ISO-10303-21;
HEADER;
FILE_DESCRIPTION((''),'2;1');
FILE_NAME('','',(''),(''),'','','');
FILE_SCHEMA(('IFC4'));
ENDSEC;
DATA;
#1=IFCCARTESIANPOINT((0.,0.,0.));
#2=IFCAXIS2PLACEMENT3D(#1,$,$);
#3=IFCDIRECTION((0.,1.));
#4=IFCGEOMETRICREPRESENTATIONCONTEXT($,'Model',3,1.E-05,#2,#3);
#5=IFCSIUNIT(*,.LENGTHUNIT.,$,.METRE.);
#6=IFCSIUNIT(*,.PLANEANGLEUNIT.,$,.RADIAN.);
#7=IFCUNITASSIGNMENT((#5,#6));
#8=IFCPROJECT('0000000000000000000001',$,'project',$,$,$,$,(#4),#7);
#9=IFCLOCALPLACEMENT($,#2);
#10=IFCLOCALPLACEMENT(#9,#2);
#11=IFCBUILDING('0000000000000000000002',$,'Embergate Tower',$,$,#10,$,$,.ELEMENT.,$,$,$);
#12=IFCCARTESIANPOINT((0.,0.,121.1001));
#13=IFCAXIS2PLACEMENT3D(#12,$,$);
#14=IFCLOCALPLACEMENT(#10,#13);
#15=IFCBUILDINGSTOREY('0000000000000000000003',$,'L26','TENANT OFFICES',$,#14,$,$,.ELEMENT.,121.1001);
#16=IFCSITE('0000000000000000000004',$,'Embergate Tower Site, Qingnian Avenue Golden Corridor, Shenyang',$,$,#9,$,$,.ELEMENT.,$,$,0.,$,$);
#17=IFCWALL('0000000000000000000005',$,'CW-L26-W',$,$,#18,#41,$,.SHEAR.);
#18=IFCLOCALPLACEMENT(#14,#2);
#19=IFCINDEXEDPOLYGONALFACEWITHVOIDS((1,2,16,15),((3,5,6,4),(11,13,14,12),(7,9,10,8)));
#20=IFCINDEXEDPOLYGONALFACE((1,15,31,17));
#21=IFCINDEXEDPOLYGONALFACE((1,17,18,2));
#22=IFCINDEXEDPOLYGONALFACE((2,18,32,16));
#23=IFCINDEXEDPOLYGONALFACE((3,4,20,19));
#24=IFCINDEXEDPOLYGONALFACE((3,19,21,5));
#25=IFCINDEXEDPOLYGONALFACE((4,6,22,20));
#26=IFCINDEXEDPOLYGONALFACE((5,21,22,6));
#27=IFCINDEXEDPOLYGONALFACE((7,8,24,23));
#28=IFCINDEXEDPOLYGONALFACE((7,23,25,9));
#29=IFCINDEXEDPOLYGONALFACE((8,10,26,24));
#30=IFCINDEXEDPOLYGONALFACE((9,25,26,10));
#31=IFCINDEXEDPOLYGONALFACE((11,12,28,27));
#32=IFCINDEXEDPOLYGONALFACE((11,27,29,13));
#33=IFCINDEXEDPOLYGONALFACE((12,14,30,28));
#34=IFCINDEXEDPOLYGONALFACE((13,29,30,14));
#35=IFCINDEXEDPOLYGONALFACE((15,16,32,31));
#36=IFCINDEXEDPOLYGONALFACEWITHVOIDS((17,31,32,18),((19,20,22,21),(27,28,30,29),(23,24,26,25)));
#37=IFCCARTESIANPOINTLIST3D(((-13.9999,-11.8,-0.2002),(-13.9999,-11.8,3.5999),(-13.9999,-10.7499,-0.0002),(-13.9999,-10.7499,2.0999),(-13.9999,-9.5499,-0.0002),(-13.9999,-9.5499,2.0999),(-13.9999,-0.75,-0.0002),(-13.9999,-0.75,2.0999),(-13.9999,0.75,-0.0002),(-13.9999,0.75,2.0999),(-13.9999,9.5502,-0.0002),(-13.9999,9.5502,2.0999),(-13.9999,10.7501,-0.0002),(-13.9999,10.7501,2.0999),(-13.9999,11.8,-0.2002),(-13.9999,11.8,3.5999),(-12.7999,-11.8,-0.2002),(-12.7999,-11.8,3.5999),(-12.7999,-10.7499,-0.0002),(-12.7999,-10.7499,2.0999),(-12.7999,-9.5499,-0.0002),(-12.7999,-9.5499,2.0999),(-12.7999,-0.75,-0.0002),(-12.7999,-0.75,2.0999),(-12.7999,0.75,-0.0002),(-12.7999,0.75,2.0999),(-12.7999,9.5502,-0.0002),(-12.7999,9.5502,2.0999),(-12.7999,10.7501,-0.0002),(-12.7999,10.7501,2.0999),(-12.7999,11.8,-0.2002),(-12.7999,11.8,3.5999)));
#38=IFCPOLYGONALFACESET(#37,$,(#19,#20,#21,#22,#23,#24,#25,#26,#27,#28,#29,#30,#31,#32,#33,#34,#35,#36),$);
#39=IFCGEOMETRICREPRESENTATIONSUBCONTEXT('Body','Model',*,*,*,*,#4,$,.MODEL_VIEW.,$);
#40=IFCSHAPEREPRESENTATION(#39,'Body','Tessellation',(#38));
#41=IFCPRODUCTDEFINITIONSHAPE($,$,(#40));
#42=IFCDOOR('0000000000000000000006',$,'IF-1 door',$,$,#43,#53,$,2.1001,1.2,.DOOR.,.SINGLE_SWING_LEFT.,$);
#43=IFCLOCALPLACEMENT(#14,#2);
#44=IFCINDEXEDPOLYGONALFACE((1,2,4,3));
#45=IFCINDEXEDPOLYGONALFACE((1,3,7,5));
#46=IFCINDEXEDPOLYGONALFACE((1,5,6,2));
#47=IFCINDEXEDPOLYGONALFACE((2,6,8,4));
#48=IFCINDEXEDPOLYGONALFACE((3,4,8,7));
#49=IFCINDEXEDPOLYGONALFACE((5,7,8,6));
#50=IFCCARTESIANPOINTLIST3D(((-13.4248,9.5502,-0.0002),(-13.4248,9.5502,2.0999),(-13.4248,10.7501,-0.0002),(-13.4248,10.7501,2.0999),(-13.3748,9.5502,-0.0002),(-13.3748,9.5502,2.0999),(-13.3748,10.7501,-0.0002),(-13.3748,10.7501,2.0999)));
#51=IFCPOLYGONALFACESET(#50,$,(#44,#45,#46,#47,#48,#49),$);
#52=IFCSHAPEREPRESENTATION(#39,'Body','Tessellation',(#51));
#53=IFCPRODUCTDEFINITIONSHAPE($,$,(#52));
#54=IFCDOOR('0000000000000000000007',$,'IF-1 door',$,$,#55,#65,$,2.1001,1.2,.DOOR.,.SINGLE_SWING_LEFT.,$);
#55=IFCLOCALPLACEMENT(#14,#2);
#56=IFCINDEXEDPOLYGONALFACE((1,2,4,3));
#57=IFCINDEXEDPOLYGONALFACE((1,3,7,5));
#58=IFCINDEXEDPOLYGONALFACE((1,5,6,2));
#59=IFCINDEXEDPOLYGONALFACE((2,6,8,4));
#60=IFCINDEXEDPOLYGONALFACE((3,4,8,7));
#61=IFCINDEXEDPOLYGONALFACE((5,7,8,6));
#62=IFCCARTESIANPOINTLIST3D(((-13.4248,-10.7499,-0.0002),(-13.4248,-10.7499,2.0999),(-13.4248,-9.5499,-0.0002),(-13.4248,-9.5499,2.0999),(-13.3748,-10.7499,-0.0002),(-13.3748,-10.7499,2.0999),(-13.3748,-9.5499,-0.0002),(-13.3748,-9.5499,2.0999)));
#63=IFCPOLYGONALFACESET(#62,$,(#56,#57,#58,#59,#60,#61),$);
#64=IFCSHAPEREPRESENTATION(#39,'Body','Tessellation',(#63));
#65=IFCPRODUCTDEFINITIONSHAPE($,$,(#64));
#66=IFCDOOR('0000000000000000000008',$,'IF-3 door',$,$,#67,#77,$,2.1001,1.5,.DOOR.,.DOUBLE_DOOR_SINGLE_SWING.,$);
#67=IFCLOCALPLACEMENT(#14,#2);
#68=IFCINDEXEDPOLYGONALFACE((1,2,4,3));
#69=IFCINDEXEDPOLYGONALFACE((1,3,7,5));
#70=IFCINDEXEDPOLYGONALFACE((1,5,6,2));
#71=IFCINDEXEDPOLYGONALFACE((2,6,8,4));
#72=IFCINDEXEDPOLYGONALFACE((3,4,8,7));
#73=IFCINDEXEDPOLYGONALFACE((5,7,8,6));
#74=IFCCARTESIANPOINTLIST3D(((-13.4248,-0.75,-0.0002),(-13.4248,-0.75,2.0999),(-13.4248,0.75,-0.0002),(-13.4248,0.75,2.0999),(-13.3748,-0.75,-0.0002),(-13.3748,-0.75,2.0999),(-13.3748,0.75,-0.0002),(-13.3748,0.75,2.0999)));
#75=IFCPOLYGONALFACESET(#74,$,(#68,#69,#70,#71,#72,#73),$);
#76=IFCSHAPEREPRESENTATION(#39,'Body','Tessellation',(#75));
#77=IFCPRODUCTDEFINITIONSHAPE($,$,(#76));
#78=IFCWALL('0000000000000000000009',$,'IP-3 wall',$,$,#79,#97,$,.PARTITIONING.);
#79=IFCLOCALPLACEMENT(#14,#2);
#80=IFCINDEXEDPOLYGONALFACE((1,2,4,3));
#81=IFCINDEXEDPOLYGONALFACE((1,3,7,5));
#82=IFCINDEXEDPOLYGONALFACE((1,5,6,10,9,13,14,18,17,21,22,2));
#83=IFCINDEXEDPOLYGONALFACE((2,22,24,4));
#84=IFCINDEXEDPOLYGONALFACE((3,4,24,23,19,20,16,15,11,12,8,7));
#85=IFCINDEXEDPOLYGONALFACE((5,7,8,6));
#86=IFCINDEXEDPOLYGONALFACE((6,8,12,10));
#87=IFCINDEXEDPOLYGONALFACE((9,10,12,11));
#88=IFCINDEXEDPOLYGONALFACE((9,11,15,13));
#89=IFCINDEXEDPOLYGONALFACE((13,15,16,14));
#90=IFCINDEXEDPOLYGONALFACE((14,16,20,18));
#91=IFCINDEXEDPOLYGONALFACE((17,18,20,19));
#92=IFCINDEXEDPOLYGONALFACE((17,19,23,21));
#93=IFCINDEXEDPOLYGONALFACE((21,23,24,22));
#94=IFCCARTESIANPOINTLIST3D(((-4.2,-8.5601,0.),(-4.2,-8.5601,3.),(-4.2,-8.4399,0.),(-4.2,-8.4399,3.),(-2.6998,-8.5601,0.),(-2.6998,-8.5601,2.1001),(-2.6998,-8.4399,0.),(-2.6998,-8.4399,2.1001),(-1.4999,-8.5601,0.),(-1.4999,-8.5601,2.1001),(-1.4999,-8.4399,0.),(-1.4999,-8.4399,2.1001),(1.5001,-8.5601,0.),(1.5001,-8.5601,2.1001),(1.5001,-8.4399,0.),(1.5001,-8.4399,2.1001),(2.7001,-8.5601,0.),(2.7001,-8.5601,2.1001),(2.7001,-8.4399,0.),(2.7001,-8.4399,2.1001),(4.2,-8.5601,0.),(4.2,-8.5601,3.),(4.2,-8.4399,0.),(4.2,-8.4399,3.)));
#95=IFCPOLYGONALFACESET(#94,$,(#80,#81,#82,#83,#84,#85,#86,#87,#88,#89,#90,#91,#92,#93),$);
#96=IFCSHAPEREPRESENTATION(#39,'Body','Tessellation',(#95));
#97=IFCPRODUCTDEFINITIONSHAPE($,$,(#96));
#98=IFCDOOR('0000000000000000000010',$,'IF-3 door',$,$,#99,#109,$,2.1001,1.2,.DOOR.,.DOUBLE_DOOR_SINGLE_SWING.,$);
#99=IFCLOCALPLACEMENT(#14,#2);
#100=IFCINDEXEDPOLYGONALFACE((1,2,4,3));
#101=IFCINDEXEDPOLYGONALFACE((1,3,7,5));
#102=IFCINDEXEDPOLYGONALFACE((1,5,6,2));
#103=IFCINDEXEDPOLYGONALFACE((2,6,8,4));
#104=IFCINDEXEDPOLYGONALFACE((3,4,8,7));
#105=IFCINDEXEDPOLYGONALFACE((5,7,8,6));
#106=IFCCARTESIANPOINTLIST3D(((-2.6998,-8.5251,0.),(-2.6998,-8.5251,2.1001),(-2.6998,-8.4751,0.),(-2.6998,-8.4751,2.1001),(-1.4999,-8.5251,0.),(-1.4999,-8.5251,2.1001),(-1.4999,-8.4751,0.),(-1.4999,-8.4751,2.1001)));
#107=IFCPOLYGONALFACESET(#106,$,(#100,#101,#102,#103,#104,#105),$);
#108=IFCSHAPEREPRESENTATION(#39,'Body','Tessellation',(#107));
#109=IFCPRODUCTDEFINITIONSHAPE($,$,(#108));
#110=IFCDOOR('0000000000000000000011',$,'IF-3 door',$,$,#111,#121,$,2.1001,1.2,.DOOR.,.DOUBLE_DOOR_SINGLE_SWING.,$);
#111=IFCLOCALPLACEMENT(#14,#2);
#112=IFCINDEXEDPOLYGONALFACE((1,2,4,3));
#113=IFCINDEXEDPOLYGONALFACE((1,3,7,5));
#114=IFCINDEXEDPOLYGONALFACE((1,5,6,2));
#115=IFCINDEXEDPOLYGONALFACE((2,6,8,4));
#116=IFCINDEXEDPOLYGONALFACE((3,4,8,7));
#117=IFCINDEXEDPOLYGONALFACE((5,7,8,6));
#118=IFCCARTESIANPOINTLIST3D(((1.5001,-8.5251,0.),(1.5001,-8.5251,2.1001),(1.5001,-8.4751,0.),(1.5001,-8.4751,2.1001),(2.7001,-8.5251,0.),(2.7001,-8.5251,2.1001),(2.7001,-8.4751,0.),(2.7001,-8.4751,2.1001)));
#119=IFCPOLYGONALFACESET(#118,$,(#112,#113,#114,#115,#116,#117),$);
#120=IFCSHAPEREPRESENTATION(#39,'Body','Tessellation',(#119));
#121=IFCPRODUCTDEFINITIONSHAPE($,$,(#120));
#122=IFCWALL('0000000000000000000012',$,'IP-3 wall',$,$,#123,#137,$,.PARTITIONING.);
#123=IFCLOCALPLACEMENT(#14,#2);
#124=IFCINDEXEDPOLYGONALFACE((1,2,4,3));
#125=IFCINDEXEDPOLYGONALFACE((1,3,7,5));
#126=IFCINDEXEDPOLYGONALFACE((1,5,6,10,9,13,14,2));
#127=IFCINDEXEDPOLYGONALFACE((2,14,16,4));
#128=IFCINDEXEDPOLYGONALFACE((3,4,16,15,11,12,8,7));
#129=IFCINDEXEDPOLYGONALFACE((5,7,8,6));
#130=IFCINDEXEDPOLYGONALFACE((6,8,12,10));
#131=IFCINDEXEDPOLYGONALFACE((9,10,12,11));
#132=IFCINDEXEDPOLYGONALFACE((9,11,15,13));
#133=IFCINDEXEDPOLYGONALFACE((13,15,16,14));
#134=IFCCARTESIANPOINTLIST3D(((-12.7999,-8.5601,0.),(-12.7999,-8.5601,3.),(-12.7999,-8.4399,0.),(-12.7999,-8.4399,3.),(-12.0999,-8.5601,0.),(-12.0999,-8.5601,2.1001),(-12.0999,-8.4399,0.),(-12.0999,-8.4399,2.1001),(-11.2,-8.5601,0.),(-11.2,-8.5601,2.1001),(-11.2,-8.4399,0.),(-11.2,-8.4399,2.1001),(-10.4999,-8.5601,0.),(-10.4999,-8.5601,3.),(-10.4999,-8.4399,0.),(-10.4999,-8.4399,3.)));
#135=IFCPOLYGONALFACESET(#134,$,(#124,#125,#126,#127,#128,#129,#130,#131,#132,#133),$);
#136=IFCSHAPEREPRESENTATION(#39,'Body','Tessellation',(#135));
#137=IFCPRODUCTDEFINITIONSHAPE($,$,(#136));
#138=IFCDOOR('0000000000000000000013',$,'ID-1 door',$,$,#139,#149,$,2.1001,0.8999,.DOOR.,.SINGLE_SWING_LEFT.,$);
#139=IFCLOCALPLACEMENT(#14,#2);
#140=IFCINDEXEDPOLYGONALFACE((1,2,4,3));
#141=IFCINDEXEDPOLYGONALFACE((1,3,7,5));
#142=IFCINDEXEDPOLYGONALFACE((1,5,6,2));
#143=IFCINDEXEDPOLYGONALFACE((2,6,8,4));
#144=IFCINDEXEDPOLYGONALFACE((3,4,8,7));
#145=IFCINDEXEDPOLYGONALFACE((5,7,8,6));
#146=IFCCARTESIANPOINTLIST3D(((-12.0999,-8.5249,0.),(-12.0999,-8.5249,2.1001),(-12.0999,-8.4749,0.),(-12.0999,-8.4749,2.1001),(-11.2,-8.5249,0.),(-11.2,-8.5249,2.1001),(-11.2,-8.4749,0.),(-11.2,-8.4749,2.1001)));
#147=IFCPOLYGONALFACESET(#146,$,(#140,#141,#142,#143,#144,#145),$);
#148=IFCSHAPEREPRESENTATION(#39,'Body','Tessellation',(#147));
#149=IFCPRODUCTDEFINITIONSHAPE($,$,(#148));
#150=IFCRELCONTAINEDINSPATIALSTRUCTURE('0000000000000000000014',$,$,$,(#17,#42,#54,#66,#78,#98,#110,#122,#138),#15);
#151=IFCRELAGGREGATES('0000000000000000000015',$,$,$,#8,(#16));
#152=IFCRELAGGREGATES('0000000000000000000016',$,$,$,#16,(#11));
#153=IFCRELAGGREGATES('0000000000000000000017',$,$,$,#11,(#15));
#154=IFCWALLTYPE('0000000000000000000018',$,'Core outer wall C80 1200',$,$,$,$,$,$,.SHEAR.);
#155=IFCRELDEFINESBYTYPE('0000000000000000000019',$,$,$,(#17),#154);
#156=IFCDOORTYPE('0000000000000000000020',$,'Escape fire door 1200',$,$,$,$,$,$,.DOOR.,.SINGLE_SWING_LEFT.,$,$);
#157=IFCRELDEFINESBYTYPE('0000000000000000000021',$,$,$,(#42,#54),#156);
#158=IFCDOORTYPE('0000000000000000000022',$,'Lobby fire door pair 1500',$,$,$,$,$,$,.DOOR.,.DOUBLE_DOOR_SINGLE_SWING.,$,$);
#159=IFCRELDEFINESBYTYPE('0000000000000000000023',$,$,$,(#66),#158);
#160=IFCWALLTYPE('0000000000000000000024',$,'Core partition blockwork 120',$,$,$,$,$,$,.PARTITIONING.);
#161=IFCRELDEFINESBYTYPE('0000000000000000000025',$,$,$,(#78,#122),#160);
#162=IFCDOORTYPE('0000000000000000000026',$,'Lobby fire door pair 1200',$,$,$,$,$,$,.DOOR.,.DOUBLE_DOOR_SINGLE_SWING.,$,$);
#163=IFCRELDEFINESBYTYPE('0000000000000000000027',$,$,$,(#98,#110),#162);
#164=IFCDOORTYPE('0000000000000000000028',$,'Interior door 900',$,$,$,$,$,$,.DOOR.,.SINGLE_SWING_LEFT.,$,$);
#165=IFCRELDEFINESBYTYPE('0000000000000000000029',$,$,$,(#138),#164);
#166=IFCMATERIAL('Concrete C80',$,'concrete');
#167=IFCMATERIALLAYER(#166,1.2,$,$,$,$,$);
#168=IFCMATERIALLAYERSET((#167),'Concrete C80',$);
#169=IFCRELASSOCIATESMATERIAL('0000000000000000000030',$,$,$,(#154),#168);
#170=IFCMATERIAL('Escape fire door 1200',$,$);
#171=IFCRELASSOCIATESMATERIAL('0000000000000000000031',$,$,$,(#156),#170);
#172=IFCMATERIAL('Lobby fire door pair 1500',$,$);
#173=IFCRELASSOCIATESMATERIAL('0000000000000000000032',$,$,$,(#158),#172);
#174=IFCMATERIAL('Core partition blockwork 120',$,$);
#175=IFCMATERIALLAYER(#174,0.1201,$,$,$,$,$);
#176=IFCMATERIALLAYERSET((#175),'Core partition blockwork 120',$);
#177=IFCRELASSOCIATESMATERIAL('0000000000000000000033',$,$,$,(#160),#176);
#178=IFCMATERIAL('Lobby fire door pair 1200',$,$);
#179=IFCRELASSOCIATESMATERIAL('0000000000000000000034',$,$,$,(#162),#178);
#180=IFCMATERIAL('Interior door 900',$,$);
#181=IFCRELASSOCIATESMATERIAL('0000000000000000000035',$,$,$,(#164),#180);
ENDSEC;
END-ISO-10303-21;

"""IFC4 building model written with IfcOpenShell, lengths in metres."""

from ifc_helpers import new_model, si_unit, direction, frame, frame_2d, origin, place, context, subcontext, project, spatial, rectangle, extrude, source, transform, mapped, material, layer, layer_set, type_object, element, fill, save


model = new_model("IFC4")

# Units and contexts
model_context = context("Model", 3, precision=1e-05, world=origin(), true_north=direction((0.0, 1.0)))
body_context = subcontext(model_context, "Body", "Model", "MODEL_VIEW")
ifc_project = project(units=[si_unit("LENGTHUNIT", "METRE"), si_unit("PLANEANGLEUNIT", "RADIAN")], contexts=[model_context])

# Site, building, storey
site_placement = place(None, origin())
site = spatial("IfcSite", under=ifc_project, at=site_placement, Name="Embergate Tower Site, Qingnian Avenue Golden Corridor, Shenyang", CompositionType="ELEMENT", RefElevation=0.0)
building_placement = place(site_placement, origin())
building = spatial("IfcBuilding", under=site, at=building_placement, Name="Embergate Tower", CompositionType="ELEMENT")
storey_placement = place(building_placement, frame((0.0, 0.0, 121.1001)))
storey = spatial("IfcBuildingStorey", under=building, at=storey_placement, Name="L26", Description="TENANT OFFICES", CompositionType="ELEMENT", Elevation=121.1001)

# Shared definitions
ifc_material_1 = material(Name="Concrete C80", Category="concrete")
ifc_layer_1 = layer(ifc_material_1, 1.2)
ifc_layer_set_1 = layer_set([ifc_layer_1], Name="Concrete C80")
wall_type_1 = type_object("IfcWallType", Name="Core outer wall C80 1200", PredefinedType="SHEAR", material=ifc_layer_set_1)

# Walls, openings, doors
shared_shape_1 = source(origin(), body_context, "Body", "SweptSolid", [
    extrude(rectangle(XDim=23.6001, YDim=1.2, at=frame_2d((11.8, 0.0))), origin(), (0.0, 0.0, 1.0), 3.8),
])
wall_1_placement = place(storey_placement, frame((-13.3999, -11.8, -0.2002), z_axis=(0.0, 0.0, 1.0), x_axis=(0.0, 1.0, 0.0)))
wall_1 = element("IfcWall", 1, at=wall_1_placement, inside=storey, type_object=wall_type_1, Name="CW-L26-W", PredefinedType="SHEAR", context=body_context, shape_type="MappedRepresentation", body=[
    mapped(shared_shape_1, transform((0.0, 0.0, 0.0))),
])
shared_shape_2 = source(origin(), body_context, "Body", "SweptSolid", [
    extrude(rectangle(XDim=1.2, YDim=2.1001, at=frame_2d((0.6001, 1.05))), frame((0.0, 0.6099, 0.0), z_axis=(0.0, -1.0, 0.0), x_axis=(1.0, 0.0, 0.0)), (0.0, 0.0, 1.0), 1.22),
])
opening_1_placement = place(wall_1_placement, frame((21.3501, 0.0, 0.2)))
opening_1 = element("IfcOpeningElement", 2, at=opening_1_placement, cuts=wall_1, PredefinedType="OPENING", context=body_context, shape_type="MappedRepresentation", body=[
    mapped(shared_shape_2, transform((0.0, 0.0, 0.0))),
])
opening_2_placement = place(wall_1_placement, frame((1.05, 0.0, 0.2)))
opening_2 = element("IfcOpeningElement", 3, at=opening_2_placement, cuts=wall_1, PredefinedType="OPENING", context=body_context, shape_type="MappedRepresentation", body=[
    mapped(shared_shape_2, transform((0.0, 0.0, 0.0))),
])
shared_shape_3 = source(origin(), body_context, "Body", "SweptSolid", [
    extrude(rectangle(XDim=1.5, YDim=2.1001, at=frame_2d((0.75, 1.05))), frame((0.0, 0.6099, 0.0), z_axis=(0.0, -1.0, 0.0), x_axis=(1.0, 0.0, 0.0)), (0.0, 0.0, 1.0), 1.22),
])
opening_3_placement = place(wall_1_placement, frame((11.05, 0.0, 0.2)))
opening_3 = element("IfcOpeningElement", 4, at=opening_3_placement, cuts=wall_1, PredefinedType="OPENING", context=body_context, shape_type="MappedRepresentation", body=[
    mapped(shared_shape_3, transform((0.0, 0.0, 0.0))),
])
ifc_material_2 = material(Name="Escape fire door 1200")
door_type_1 = type_object("IfcDoorType", Name="Escape fire door 1200", OperationType="SINGLE_SWING_LEFT", PredefinedType="DOOR", material=ifc_material_2)
shared_shape_4 = source(origin(), body_context, "Body", "SweptSolid", [
    extrude(rectangle(XDim=1.2, YDim=2.1001, at=frame_2d((0.6001, 1.05))), frame((0.0, 0.0249, 0.0), z_axis=(0.0, -1.0, 0.0), x_axis=(1.0, 0.0, 0.0)), (0.0, 0.0, 1.0), 0.05),
])
door_1_placement = place(opening_1_placement, origin())
door_1 = element("IfcDoor", 5, at=door_1_placement, inside=storey, type_object=door_type_1, Name="IF-1 door", OperationType="SINGLE_SWING_LEFT", OverallHeight=2.1001, OverallWidth=1.2, PredefinedType="DOOR", context=body_context, shape_type="MappedRepresentation", body=[
    mapped(shared_shape_4, transform((0.0, 0.0, 0.0))),
])
fill(opening_1, door_1)
door_2_placement = place(opening_2_placement, origin())
door_2 = element("IfcDoor", 6, at=door_2_placement, inside=storey, type_object=door_type_1, Name="IF-1 door", OperationType="SINGLE_SWING_LEFT", OverallHeight=2.1001, OverallWidth=1.2, PredefinedType="DOOR", context=body_context, shape_type="MappedRepresentation", body=[
    mapped(shared_shape_4, transform((0.0, 0.0, 0.0))),
])
fill(opening_2, door_2)
ifc_material_3 = material(Name="Lobby fire door pair 1500")
door_type_2 = type_object("IfcDoorType", Name="Lobby fire door pair 1500", OperationType="DOUBLE_DOOR_SINGLE_SWING", PredefinedType="DOOR", material=ifc_material_3)
shared_shape_5 = source(origin(), body_context, "Body", "SweptSolid", [
    extrude(rectangle(XDim=1.5, YDim=2.1001, at=frame_2d((0.75, 1.05))), frame((0.0, 0.0249, 0.0), z_axis=(0.0, -1.0, 0.0), x_axis=(1.0, 0.0, 0.0)), (0.0, 0.0, 1.0), 0.05),
])
door_3_placement = place(opening_3_placement, origin())
door_3 = element("IfcDoor", 7, at=door_3_placement, inside=storey, type_object=door_type_2, Name="IF-3 door", OperationType="DOUBLE_DOOR_SINGLE_SWING", OverallHeight=2.1001, OverallWidth=1.5, PredefinedType="DOOR", context=body_context, shape_type="MappedRepresentation", body=[
    mapped(shared_shape_5, transform((0.0, 0.0, 0.0))),
])
fill(opening_3, door_3)
ifc_material_4 = material(Name="Core partition blockwork 120")
ifc_layer_2 = layer(ifc_material_4, 0.1201)
ifc_layer_set_2 = layer_set([ifc_layer_2], Name="Core partition blockwork 120")
wall_type_2 = type_object("IfcWallType", Name="Core partition blockwork 120", PredefinedType="PARTITIONING", material=ifc_layer_set_2)
shared_shape_6 = source(origin(), body_context, "Body", "SweptSolid", [
    extrude(rectangle(XDim=8.3999, YDim=0.1201, at=frame_2d((4.2, 0.0))), origin(), (0.0, 0.0, 1.0), 3.0),
])
wall_2_placement = place(storey_placement, frame((-4.2, -8.5, 0.0), z_axis=(0.0, 0.0, 1.0), x_axis=(1.0, 0.0, 0.0)))
wall_2 = element("IfcWall", 8, at=wall_2_placement, inside=storey, type_object=wall_type_2, Name="IP-3 wall", PredefinedType="PARTITIONING", context=body_context, shape_type="MappedRepresentation", body=[
    mapped(shared_shape_6, transform((0.0, 0.0, 0.0))),
])
shared_shape_7 = source(origin(), body_context, "Body", "SweptSolid", [
    extrude(rectangle(XDim=1.2, YDim=2.1001, at=frame_2d((0.6001, 1.05))), frame((0.0, 0.0701, 0.0), z_axis=(0.0, -1.0, 0.0), x_axis=(1.0, 0.0, 0.0)), (0.0, 0.0, 1.0), 0.1401),
])
opening_4_placement = place(wall_2_placement, frame((1.5, 0.0, 0.0)))
opening_4 = element("IfcOpeningElement", 9, at=opening_4_placement, cuts=wall_2, PredefinedType="OPENING", context=body_context, shape_type="MappedRepresentation", body=[
    mapped(shared_shape_7, transform((0.0, 0.0, 0.0))),
])
opening_5_placement = place(wall_2_placement, frame((5.7, 0.0, 0.0)))
opening_5 = element("IfcOpeningElement", 10, at=opening_5_placement, cuts=wall_2, PredefinedType="OPENING", context=body_context, shape_type="MappedRepresentation", body=[
    mapped(shared_shape_7, transform((0.0, 0.0, 0.0))),
])
ifc_material_5 = material(Name="Lobby fire door pair 1200")
door_type_3 = type_object("IfcDoorType", Name="Lobby fire door pair 1200", OperationType="DOUBLE_DOOR_SINGLE_SWING", PredefinedType="DOOR", material=ifc_material_5)
door_4_placement = place(opening_4_placement, origin())
door_4 = element("IfcDoor", 11, at=door_4_placement, inside=storey, type_object=door_type_3, Name="IF-3 door", OperationType="DOUBLE_DOOR_SINGLE_SWING", OverallHeight=2.1001, OverallWidth=1.2, PredefinedType="DOOR", context=body_context, shape_type="MappedRepresentation", body=[
    mapped(shared_shape_4, transform((0.0, 0.0, 0.0))),
])
fill(opening_4, door_4)
door_5_placement = place(opening_5_placement, origin())
door_5 = element("IfcDoor", 12, at=door_5_placement, inside=storey, type_object=door_type_3, Name="IF-3 door", OperationType="DOUBLE_DOOR_SINGLE_SWING", OverallHeight=2.1001, OverallWidth=1.2, PredefinedType="DOOR", context=body_context, shape_type="MappedRepresentation", body=[
    mapped(shared_shape_4, transform((0.0, 0.0, 0.0))),
])
fill(opening_5, door_5)

# Wall, opening, door
shared_shape_8 = source(origin(), body_context, "Body", "SweptSolid", [
    extrude(rectangle(XDim=2.3, YDim=0.1201, at=frame_2d((1.1499, 0.0))), origin(), (0.0, 0.0, 1.0), 3.0),
])
wall_3_placement = place(storey_placement, frame((-10.5, -8.5, 0.0), z_axis=(0.0, 0.0, 1.0), x_axis=(-1.0, 0.0, 0.0)))
wall_3 = element("IfcWall", 13, at=wall_3_placement, inside=storey, type_object=wall_type_2, Name="IP-3 wall", PredefinedType="PARTITIONING", context=body_context, shape_type="MappedRepresentation", body=[
    mapped(shared_shape_8, transform((0.0, 0.0, 0.0))),
])
shared_shape_9 = source(origin(), body_context, "Body", "SweptSolid", [
    extrude(rectangle(XDim=0.8999, YDim=2.1001, at=frame_2d((0.45, 1.05))), frame((0.0, 0.0701, 0.0), z_axis=(0.0, -1.0, 0.0), x_axis=(1.0, 0.0, 0.0)), (0.0, 0.0, 1.0), 0.1401),
])
opening_6_placement = place(wall_3_placement, frame((0.7, 0.0, 0.0)))
opening_6 = element("IfcOpeningElement", 14, at=opening_6_placement, cuts=wall_3, PredefinedType="OPENING", context=body_context, shape_type="MappedRepresentation", body=[
    mapped(shared_shape_9, transform((0.0, 0.0, 0.0))),
])
ifc_material_6 = material(Name="Interior door 900")
door_type_4 = type_object("IfcDoorType", Name="Interior door 900", OperationType="SINGLE_SWING_LEFT", PredefinedType="DOOR", material=ifc_material_6)
shared_shape_10 = source(origin(), body_context, "Body", "SweptSolid", [
    extrude(rectangle(XDim=0.8999, YDim=2.1001, at=frame_2d((0.45, 1.05))), frame((0.0, 0.0249, 0.0), z_axis=(0.0, -1.0, 0.0), x_axis=(1.0, 0.0, 0.0)), (0.0, 0.0, 1.0), 0.05),
])
door_6_placement = place(opening_6_placement, origin())
door_6 = element("IfcDoor", 15, at=door_6_placement, inside=storey, type_object=door_type_4, Name="ID-1 door", OperationType="SINGLE_SWING_LEFT", OverallHeight=2.1001, OverallWidth=0.8999, PredefinedType="DOOR", context=body_context, shape_type="MappedRepresentation", body=[
    mapped(shared_shape_10, transform((0.0, 0.0, 0.0))),
])
fill(opening_6, door_6)

save(model, "model.ifc")
